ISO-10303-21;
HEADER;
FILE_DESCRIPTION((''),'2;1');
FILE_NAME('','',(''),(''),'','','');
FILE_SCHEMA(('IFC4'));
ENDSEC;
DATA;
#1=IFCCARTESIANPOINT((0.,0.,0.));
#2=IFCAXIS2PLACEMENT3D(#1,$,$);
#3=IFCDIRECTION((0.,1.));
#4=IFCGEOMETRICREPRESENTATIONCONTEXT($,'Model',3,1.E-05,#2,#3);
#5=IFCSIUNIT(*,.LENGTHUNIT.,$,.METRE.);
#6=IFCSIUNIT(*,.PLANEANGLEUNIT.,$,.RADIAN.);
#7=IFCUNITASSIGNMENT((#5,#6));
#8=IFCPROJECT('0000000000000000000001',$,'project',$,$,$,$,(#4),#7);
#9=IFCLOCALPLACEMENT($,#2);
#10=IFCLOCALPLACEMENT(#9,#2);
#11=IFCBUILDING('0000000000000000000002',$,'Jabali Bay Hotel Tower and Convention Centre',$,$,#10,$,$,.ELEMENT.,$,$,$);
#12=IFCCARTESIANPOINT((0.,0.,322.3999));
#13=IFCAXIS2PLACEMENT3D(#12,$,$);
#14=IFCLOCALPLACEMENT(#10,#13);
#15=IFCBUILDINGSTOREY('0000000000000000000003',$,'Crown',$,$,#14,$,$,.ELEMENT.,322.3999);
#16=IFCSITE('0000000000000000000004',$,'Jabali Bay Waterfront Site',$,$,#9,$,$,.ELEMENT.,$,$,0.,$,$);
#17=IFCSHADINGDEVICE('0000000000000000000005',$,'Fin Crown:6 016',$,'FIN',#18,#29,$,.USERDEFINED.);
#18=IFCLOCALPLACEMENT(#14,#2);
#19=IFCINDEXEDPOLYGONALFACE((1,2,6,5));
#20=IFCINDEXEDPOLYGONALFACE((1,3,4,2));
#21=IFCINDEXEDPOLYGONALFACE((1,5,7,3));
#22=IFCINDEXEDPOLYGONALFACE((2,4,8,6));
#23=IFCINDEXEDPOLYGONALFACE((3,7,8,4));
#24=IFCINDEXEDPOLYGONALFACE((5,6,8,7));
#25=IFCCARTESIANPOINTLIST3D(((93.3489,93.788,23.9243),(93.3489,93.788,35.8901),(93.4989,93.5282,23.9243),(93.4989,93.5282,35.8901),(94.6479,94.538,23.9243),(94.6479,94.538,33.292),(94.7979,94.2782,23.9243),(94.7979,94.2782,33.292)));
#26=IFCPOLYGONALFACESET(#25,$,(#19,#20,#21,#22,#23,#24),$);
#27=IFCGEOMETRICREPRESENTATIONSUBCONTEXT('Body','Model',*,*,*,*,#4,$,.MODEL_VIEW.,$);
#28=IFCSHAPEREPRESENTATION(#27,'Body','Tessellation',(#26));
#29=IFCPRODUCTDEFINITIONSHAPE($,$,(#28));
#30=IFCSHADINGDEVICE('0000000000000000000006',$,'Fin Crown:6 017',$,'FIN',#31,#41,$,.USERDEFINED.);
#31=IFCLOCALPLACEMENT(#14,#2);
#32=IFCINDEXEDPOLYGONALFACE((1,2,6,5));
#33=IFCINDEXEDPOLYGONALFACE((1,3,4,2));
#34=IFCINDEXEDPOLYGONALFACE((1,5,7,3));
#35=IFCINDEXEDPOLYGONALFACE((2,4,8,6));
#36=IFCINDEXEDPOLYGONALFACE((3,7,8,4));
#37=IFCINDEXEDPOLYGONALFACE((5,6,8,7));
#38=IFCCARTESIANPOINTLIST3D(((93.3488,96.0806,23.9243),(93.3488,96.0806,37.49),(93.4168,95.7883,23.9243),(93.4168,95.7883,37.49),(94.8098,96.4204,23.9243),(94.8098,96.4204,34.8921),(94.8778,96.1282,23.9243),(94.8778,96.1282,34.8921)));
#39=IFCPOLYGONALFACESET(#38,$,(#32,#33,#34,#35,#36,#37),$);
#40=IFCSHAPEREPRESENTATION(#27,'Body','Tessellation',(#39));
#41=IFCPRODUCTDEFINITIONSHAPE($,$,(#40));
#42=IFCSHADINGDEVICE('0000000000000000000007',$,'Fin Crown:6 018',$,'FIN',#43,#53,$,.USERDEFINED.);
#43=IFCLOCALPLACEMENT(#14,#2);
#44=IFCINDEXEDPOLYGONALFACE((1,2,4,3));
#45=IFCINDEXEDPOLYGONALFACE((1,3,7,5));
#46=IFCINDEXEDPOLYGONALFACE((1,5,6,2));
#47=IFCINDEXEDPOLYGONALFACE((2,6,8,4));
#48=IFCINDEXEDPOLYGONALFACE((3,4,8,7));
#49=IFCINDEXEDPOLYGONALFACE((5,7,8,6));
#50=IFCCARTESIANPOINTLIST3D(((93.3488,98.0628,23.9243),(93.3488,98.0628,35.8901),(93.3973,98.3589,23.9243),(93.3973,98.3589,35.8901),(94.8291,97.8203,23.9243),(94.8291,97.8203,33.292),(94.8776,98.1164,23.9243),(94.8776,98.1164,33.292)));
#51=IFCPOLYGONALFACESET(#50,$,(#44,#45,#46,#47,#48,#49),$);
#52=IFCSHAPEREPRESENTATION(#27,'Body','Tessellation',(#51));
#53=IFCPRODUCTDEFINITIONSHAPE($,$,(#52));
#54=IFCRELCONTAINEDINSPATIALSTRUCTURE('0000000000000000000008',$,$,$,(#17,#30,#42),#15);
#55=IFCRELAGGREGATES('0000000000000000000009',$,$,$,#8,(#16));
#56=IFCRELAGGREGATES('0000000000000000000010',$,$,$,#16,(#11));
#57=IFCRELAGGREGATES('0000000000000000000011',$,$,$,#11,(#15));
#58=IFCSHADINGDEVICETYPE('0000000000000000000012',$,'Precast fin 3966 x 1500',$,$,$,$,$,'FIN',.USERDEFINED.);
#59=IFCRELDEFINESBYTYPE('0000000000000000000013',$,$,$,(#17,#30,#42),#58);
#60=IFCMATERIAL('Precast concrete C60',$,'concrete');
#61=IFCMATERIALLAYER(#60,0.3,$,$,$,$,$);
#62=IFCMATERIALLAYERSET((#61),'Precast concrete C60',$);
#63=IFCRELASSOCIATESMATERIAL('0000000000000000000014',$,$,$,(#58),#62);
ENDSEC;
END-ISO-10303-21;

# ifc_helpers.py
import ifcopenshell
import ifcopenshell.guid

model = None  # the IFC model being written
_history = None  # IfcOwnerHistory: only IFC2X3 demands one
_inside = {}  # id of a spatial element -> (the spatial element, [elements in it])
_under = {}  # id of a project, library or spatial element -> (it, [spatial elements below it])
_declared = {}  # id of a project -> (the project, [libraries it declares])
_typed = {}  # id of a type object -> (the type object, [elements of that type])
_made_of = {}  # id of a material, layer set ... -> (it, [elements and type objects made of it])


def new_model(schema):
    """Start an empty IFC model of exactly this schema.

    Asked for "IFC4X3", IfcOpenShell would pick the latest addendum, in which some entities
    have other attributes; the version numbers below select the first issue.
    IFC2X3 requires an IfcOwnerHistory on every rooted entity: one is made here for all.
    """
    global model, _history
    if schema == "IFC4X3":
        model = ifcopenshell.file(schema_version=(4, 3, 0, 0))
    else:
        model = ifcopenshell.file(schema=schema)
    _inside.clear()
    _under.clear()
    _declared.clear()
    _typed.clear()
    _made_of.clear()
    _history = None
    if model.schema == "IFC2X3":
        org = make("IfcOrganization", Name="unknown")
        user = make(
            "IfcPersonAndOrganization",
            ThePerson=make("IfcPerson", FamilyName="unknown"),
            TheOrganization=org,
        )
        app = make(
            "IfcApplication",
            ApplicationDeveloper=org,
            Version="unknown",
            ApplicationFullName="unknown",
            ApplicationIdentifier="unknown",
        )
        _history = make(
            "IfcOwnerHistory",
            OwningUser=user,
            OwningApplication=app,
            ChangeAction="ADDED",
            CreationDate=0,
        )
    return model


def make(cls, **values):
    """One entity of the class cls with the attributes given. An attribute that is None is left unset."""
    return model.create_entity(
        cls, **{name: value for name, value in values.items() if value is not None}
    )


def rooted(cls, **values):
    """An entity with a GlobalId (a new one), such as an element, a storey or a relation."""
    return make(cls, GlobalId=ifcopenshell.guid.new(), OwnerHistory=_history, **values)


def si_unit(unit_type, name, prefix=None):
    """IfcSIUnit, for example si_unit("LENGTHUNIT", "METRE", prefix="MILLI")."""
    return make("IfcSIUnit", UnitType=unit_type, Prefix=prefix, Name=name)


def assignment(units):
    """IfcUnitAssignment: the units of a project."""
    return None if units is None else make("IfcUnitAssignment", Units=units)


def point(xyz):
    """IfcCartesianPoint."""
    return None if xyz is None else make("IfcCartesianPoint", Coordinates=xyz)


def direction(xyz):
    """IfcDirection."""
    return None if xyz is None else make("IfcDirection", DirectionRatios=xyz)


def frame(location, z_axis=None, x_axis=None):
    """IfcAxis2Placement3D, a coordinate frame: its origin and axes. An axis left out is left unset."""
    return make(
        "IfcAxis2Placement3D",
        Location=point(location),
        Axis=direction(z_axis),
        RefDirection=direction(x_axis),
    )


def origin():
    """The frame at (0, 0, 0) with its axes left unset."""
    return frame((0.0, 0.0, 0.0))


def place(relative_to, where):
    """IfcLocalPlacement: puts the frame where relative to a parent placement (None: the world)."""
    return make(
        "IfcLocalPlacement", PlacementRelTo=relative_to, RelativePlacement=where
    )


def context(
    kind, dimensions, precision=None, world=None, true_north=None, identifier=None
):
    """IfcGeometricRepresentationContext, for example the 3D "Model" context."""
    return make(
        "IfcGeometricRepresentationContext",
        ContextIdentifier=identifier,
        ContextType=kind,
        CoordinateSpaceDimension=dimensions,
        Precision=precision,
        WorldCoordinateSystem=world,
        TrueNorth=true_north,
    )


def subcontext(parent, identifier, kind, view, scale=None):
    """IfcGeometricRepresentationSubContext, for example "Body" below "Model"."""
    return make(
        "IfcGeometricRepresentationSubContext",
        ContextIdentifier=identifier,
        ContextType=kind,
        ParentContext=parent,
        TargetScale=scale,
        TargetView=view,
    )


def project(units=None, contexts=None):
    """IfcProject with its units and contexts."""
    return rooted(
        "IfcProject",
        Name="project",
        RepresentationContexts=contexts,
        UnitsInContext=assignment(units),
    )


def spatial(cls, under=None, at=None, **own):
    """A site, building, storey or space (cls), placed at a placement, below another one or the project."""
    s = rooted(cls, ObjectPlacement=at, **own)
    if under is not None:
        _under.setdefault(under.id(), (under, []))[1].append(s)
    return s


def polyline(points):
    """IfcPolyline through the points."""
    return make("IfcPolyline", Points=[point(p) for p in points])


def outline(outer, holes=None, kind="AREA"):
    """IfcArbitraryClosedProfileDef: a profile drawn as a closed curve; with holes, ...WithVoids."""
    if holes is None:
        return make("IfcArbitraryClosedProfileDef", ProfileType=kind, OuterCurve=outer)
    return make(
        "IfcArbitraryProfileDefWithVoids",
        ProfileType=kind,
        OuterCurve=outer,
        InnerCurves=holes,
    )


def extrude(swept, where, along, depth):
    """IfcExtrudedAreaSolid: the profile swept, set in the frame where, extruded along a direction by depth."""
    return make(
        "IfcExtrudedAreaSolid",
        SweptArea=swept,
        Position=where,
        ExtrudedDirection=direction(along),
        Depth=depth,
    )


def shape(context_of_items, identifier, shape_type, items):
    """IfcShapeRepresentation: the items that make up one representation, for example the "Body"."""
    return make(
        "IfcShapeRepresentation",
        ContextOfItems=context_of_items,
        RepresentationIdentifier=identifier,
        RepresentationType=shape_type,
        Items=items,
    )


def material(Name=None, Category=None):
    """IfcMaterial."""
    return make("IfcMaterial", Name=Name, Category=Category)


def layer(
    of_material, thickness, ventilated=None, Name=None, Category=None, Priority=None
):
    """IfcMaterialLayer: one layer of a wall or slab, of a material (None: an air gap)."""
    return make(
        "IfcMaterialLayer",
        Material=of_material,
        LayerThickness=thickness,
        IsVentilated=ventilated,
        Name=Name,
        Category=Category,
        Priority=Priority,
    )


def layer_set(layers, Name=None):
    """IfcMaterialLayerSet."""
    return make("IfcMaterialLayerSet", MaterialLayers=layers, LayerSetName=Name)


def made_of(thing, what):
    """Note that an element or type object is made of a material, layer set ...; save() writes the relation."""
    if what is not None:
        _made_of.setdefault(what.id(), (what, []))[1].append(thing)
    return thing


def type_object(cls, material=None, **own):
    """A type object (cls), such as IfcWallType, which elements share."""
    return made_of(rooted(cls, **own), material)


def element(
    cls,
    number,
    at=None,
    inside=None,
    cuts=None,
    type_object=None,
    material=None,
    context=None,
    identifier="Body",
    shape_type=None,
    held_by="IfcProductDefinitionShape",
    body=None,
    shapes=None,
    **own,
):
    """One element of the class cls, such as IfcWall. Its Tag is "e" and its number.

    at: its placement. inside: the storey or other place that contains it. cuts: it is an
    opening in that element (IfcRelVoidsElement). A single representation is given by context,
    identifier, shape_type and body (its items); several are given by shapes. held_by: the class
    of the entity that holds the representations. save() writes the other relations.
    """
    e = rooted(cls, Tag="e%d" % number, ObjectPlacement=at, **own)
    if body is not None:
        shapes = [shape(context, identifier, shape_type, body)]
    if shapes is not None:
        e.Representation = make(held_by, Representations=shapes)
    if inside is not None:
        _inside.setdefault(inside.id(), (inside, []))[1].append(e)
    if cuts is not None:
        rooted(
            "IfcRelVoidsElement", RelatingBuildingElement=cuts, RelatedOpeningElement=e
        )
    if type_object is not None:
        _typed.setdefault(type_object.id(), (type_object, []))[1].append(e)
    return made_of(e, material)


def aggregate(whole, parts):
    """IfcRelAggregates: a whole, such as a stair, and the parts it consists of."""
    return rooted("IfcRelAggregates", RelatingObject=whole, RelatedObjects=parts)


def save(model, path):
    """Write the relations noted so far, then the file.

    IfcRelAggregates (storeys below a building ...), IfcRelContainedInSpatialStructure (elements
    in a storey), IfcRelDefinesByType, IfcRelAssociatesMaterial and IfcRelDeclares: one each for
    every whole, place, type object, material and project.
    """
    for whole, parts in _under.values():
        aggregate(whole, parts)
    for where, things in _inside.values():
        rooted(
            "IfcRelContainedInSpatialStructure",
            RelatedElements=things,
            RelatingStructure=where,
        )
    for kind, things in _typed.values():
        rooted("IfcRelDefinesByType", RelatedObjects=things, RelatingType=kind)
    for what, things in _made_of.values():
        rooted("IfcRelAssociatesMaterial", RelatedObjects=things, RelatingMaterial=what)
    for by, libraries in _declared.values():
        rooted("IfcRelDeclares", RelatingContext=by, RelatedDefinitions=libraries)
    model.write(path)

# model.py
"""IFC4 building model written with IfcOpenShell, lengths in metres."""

from ifc_helpers import new_model, si_unit, direction, frame, origin, place, context, subcontext, project, spatial, polyline, outline, extrude, material, layer, layer_set, type_object, element, save


model = new_model("IFC4")

# Units and contexts
model_context = context("Model", 3, precision=1e-05, world=origin(), true_north=direction((0.0, 1.0)))
body_context = subcontext(model_context, "Body", "Model", "MODEL_VIEW")
ifc_project = project(units=[si_unit("LENGTHUNIT", "METRE"), si_unit("PLANEANGLEUNIT", "RADIAN")], contexts=[model_context])

# Site, building, storey
site_placement = place(None, origin())
site = spatial("IfcSite", under=ifc_project, at=site_placement, Name="Jabali Bay Waterfront Site", CompositionType="ELEMENT", RefElevation=0.0)
building_placement = place(site_placement, origin())
building = spatial("IfcBuilding", under=site, at=building_placement, Name="Jabali Bay Hotel Tower and Convention Centre", CompositionType="ELEMENT")
storey_placement = place(building_placement, frame((0.0, 0.0, 322.3999)))
storey = spatial("IfcBuildingStorey", under=building, at=storey_placement, Name="Crown", CompositionType="ELEMENT", Elevation=322.3999)

# Shading devices
ifc_material_1 = material(Name="Precast concrete C60", Category="concrete")
ifc_layer = layer(ifc_material_1, 0.3)
ifc_layer_set = layer_set([ifc_layer], Name="Precast concrete C60")
shading_device_type = type_object("IfcShadingDeviceType", Name="Precast fin 3966 x 1500", ElementType="FIN", PredefinedType="USERDEFINED", material=ifc_layer_set)
shading_device_1_placement = place(storey_placement, frame((93.4238, 93.6582, 23.9243), z_axis=(0.0, 0.0, 1.0), x_axis=(0.866031, 0.49999, 0.0)))
element("IfcShadingDevice", 1, at=shading_device_1_placement, inside=storey, type_object=shading_device_type, Name="Fin Crown:6 016", ObjectType="FIN", PredefinedType="USERDEFINED", context=body_context, shape_type="SweptSolid", body=[
    extrude(outline(polyline([(0.0, 0.0), (1.5, 0.0), (1.5, 9.3677), (0.0, 11.9658), (0.0, 0.0)])), frame((0.0, 0.1499, 0.0), z_axis=(0.0, -1.0, 0.0), x_axis=(1.0, 0.0, 0.0)), (0.0, 0.0, 1.0), 0.3),
])
shading_device_2_placement = place(storey_placement, frame((93.3828, 95.9346, 23.9243), z_axis=(0.0, 0.0, 1.0), x_axis=(0.973995, 0.226571, 0.0)))
element("IfcShadingDevice", 2, at=shading_device_2_placement, inside=storey, type_object=shading_device_type, Name="Fin Crown:6 017", ObjectType="FIN", PredefinedType="USERDEFINED", context=body_context, shape_type="SweptSolid", body=[
    extrude(outline(polyline([(0.0, 0.0), (1.5, 0.0), (1.5, 10.9678), (0.0, 13.5657), (0.0, 0.0)])), frame((0.0, 0.1499, 0.0), z_axis=(0.0, -1.0, 0.0), x_axis=(1.0, 0.0, 0.0)), (0.0, 0.0, 1.0), 0.3),
])
shading_device_3_placement = place(storey_placement, frame((93.373, 98.2109, 23.9243), z_axis=(0.0, 0.0, 1.0), x_axis=(0.986852, -0.161627, 0.0)))
element("IfcShadingDevice", 3, at=shading_device_3_placement, inside=storey, type_object=shading_device_type, Name="Fin Crown:6 018", ObjectType="FIN", PredefinedType="USERDEFINED", context=body_context, shape_type="SweptSolid", body=[
    extrude(outline(polyline([(0.0, 0.0), (1.5, 0.0), (1.5, 9.3677), (0.0, 11.9658), (0.0, 0.0)])), frame((0.0, 0.1499, 0.0), z_axis=(0.0, -1.0, 0.0), x_axis=(1.0, 0.0, 0.0)), (0.0, 0.0, 1.0), 0.3),
])

save(model, "model.ifc")
